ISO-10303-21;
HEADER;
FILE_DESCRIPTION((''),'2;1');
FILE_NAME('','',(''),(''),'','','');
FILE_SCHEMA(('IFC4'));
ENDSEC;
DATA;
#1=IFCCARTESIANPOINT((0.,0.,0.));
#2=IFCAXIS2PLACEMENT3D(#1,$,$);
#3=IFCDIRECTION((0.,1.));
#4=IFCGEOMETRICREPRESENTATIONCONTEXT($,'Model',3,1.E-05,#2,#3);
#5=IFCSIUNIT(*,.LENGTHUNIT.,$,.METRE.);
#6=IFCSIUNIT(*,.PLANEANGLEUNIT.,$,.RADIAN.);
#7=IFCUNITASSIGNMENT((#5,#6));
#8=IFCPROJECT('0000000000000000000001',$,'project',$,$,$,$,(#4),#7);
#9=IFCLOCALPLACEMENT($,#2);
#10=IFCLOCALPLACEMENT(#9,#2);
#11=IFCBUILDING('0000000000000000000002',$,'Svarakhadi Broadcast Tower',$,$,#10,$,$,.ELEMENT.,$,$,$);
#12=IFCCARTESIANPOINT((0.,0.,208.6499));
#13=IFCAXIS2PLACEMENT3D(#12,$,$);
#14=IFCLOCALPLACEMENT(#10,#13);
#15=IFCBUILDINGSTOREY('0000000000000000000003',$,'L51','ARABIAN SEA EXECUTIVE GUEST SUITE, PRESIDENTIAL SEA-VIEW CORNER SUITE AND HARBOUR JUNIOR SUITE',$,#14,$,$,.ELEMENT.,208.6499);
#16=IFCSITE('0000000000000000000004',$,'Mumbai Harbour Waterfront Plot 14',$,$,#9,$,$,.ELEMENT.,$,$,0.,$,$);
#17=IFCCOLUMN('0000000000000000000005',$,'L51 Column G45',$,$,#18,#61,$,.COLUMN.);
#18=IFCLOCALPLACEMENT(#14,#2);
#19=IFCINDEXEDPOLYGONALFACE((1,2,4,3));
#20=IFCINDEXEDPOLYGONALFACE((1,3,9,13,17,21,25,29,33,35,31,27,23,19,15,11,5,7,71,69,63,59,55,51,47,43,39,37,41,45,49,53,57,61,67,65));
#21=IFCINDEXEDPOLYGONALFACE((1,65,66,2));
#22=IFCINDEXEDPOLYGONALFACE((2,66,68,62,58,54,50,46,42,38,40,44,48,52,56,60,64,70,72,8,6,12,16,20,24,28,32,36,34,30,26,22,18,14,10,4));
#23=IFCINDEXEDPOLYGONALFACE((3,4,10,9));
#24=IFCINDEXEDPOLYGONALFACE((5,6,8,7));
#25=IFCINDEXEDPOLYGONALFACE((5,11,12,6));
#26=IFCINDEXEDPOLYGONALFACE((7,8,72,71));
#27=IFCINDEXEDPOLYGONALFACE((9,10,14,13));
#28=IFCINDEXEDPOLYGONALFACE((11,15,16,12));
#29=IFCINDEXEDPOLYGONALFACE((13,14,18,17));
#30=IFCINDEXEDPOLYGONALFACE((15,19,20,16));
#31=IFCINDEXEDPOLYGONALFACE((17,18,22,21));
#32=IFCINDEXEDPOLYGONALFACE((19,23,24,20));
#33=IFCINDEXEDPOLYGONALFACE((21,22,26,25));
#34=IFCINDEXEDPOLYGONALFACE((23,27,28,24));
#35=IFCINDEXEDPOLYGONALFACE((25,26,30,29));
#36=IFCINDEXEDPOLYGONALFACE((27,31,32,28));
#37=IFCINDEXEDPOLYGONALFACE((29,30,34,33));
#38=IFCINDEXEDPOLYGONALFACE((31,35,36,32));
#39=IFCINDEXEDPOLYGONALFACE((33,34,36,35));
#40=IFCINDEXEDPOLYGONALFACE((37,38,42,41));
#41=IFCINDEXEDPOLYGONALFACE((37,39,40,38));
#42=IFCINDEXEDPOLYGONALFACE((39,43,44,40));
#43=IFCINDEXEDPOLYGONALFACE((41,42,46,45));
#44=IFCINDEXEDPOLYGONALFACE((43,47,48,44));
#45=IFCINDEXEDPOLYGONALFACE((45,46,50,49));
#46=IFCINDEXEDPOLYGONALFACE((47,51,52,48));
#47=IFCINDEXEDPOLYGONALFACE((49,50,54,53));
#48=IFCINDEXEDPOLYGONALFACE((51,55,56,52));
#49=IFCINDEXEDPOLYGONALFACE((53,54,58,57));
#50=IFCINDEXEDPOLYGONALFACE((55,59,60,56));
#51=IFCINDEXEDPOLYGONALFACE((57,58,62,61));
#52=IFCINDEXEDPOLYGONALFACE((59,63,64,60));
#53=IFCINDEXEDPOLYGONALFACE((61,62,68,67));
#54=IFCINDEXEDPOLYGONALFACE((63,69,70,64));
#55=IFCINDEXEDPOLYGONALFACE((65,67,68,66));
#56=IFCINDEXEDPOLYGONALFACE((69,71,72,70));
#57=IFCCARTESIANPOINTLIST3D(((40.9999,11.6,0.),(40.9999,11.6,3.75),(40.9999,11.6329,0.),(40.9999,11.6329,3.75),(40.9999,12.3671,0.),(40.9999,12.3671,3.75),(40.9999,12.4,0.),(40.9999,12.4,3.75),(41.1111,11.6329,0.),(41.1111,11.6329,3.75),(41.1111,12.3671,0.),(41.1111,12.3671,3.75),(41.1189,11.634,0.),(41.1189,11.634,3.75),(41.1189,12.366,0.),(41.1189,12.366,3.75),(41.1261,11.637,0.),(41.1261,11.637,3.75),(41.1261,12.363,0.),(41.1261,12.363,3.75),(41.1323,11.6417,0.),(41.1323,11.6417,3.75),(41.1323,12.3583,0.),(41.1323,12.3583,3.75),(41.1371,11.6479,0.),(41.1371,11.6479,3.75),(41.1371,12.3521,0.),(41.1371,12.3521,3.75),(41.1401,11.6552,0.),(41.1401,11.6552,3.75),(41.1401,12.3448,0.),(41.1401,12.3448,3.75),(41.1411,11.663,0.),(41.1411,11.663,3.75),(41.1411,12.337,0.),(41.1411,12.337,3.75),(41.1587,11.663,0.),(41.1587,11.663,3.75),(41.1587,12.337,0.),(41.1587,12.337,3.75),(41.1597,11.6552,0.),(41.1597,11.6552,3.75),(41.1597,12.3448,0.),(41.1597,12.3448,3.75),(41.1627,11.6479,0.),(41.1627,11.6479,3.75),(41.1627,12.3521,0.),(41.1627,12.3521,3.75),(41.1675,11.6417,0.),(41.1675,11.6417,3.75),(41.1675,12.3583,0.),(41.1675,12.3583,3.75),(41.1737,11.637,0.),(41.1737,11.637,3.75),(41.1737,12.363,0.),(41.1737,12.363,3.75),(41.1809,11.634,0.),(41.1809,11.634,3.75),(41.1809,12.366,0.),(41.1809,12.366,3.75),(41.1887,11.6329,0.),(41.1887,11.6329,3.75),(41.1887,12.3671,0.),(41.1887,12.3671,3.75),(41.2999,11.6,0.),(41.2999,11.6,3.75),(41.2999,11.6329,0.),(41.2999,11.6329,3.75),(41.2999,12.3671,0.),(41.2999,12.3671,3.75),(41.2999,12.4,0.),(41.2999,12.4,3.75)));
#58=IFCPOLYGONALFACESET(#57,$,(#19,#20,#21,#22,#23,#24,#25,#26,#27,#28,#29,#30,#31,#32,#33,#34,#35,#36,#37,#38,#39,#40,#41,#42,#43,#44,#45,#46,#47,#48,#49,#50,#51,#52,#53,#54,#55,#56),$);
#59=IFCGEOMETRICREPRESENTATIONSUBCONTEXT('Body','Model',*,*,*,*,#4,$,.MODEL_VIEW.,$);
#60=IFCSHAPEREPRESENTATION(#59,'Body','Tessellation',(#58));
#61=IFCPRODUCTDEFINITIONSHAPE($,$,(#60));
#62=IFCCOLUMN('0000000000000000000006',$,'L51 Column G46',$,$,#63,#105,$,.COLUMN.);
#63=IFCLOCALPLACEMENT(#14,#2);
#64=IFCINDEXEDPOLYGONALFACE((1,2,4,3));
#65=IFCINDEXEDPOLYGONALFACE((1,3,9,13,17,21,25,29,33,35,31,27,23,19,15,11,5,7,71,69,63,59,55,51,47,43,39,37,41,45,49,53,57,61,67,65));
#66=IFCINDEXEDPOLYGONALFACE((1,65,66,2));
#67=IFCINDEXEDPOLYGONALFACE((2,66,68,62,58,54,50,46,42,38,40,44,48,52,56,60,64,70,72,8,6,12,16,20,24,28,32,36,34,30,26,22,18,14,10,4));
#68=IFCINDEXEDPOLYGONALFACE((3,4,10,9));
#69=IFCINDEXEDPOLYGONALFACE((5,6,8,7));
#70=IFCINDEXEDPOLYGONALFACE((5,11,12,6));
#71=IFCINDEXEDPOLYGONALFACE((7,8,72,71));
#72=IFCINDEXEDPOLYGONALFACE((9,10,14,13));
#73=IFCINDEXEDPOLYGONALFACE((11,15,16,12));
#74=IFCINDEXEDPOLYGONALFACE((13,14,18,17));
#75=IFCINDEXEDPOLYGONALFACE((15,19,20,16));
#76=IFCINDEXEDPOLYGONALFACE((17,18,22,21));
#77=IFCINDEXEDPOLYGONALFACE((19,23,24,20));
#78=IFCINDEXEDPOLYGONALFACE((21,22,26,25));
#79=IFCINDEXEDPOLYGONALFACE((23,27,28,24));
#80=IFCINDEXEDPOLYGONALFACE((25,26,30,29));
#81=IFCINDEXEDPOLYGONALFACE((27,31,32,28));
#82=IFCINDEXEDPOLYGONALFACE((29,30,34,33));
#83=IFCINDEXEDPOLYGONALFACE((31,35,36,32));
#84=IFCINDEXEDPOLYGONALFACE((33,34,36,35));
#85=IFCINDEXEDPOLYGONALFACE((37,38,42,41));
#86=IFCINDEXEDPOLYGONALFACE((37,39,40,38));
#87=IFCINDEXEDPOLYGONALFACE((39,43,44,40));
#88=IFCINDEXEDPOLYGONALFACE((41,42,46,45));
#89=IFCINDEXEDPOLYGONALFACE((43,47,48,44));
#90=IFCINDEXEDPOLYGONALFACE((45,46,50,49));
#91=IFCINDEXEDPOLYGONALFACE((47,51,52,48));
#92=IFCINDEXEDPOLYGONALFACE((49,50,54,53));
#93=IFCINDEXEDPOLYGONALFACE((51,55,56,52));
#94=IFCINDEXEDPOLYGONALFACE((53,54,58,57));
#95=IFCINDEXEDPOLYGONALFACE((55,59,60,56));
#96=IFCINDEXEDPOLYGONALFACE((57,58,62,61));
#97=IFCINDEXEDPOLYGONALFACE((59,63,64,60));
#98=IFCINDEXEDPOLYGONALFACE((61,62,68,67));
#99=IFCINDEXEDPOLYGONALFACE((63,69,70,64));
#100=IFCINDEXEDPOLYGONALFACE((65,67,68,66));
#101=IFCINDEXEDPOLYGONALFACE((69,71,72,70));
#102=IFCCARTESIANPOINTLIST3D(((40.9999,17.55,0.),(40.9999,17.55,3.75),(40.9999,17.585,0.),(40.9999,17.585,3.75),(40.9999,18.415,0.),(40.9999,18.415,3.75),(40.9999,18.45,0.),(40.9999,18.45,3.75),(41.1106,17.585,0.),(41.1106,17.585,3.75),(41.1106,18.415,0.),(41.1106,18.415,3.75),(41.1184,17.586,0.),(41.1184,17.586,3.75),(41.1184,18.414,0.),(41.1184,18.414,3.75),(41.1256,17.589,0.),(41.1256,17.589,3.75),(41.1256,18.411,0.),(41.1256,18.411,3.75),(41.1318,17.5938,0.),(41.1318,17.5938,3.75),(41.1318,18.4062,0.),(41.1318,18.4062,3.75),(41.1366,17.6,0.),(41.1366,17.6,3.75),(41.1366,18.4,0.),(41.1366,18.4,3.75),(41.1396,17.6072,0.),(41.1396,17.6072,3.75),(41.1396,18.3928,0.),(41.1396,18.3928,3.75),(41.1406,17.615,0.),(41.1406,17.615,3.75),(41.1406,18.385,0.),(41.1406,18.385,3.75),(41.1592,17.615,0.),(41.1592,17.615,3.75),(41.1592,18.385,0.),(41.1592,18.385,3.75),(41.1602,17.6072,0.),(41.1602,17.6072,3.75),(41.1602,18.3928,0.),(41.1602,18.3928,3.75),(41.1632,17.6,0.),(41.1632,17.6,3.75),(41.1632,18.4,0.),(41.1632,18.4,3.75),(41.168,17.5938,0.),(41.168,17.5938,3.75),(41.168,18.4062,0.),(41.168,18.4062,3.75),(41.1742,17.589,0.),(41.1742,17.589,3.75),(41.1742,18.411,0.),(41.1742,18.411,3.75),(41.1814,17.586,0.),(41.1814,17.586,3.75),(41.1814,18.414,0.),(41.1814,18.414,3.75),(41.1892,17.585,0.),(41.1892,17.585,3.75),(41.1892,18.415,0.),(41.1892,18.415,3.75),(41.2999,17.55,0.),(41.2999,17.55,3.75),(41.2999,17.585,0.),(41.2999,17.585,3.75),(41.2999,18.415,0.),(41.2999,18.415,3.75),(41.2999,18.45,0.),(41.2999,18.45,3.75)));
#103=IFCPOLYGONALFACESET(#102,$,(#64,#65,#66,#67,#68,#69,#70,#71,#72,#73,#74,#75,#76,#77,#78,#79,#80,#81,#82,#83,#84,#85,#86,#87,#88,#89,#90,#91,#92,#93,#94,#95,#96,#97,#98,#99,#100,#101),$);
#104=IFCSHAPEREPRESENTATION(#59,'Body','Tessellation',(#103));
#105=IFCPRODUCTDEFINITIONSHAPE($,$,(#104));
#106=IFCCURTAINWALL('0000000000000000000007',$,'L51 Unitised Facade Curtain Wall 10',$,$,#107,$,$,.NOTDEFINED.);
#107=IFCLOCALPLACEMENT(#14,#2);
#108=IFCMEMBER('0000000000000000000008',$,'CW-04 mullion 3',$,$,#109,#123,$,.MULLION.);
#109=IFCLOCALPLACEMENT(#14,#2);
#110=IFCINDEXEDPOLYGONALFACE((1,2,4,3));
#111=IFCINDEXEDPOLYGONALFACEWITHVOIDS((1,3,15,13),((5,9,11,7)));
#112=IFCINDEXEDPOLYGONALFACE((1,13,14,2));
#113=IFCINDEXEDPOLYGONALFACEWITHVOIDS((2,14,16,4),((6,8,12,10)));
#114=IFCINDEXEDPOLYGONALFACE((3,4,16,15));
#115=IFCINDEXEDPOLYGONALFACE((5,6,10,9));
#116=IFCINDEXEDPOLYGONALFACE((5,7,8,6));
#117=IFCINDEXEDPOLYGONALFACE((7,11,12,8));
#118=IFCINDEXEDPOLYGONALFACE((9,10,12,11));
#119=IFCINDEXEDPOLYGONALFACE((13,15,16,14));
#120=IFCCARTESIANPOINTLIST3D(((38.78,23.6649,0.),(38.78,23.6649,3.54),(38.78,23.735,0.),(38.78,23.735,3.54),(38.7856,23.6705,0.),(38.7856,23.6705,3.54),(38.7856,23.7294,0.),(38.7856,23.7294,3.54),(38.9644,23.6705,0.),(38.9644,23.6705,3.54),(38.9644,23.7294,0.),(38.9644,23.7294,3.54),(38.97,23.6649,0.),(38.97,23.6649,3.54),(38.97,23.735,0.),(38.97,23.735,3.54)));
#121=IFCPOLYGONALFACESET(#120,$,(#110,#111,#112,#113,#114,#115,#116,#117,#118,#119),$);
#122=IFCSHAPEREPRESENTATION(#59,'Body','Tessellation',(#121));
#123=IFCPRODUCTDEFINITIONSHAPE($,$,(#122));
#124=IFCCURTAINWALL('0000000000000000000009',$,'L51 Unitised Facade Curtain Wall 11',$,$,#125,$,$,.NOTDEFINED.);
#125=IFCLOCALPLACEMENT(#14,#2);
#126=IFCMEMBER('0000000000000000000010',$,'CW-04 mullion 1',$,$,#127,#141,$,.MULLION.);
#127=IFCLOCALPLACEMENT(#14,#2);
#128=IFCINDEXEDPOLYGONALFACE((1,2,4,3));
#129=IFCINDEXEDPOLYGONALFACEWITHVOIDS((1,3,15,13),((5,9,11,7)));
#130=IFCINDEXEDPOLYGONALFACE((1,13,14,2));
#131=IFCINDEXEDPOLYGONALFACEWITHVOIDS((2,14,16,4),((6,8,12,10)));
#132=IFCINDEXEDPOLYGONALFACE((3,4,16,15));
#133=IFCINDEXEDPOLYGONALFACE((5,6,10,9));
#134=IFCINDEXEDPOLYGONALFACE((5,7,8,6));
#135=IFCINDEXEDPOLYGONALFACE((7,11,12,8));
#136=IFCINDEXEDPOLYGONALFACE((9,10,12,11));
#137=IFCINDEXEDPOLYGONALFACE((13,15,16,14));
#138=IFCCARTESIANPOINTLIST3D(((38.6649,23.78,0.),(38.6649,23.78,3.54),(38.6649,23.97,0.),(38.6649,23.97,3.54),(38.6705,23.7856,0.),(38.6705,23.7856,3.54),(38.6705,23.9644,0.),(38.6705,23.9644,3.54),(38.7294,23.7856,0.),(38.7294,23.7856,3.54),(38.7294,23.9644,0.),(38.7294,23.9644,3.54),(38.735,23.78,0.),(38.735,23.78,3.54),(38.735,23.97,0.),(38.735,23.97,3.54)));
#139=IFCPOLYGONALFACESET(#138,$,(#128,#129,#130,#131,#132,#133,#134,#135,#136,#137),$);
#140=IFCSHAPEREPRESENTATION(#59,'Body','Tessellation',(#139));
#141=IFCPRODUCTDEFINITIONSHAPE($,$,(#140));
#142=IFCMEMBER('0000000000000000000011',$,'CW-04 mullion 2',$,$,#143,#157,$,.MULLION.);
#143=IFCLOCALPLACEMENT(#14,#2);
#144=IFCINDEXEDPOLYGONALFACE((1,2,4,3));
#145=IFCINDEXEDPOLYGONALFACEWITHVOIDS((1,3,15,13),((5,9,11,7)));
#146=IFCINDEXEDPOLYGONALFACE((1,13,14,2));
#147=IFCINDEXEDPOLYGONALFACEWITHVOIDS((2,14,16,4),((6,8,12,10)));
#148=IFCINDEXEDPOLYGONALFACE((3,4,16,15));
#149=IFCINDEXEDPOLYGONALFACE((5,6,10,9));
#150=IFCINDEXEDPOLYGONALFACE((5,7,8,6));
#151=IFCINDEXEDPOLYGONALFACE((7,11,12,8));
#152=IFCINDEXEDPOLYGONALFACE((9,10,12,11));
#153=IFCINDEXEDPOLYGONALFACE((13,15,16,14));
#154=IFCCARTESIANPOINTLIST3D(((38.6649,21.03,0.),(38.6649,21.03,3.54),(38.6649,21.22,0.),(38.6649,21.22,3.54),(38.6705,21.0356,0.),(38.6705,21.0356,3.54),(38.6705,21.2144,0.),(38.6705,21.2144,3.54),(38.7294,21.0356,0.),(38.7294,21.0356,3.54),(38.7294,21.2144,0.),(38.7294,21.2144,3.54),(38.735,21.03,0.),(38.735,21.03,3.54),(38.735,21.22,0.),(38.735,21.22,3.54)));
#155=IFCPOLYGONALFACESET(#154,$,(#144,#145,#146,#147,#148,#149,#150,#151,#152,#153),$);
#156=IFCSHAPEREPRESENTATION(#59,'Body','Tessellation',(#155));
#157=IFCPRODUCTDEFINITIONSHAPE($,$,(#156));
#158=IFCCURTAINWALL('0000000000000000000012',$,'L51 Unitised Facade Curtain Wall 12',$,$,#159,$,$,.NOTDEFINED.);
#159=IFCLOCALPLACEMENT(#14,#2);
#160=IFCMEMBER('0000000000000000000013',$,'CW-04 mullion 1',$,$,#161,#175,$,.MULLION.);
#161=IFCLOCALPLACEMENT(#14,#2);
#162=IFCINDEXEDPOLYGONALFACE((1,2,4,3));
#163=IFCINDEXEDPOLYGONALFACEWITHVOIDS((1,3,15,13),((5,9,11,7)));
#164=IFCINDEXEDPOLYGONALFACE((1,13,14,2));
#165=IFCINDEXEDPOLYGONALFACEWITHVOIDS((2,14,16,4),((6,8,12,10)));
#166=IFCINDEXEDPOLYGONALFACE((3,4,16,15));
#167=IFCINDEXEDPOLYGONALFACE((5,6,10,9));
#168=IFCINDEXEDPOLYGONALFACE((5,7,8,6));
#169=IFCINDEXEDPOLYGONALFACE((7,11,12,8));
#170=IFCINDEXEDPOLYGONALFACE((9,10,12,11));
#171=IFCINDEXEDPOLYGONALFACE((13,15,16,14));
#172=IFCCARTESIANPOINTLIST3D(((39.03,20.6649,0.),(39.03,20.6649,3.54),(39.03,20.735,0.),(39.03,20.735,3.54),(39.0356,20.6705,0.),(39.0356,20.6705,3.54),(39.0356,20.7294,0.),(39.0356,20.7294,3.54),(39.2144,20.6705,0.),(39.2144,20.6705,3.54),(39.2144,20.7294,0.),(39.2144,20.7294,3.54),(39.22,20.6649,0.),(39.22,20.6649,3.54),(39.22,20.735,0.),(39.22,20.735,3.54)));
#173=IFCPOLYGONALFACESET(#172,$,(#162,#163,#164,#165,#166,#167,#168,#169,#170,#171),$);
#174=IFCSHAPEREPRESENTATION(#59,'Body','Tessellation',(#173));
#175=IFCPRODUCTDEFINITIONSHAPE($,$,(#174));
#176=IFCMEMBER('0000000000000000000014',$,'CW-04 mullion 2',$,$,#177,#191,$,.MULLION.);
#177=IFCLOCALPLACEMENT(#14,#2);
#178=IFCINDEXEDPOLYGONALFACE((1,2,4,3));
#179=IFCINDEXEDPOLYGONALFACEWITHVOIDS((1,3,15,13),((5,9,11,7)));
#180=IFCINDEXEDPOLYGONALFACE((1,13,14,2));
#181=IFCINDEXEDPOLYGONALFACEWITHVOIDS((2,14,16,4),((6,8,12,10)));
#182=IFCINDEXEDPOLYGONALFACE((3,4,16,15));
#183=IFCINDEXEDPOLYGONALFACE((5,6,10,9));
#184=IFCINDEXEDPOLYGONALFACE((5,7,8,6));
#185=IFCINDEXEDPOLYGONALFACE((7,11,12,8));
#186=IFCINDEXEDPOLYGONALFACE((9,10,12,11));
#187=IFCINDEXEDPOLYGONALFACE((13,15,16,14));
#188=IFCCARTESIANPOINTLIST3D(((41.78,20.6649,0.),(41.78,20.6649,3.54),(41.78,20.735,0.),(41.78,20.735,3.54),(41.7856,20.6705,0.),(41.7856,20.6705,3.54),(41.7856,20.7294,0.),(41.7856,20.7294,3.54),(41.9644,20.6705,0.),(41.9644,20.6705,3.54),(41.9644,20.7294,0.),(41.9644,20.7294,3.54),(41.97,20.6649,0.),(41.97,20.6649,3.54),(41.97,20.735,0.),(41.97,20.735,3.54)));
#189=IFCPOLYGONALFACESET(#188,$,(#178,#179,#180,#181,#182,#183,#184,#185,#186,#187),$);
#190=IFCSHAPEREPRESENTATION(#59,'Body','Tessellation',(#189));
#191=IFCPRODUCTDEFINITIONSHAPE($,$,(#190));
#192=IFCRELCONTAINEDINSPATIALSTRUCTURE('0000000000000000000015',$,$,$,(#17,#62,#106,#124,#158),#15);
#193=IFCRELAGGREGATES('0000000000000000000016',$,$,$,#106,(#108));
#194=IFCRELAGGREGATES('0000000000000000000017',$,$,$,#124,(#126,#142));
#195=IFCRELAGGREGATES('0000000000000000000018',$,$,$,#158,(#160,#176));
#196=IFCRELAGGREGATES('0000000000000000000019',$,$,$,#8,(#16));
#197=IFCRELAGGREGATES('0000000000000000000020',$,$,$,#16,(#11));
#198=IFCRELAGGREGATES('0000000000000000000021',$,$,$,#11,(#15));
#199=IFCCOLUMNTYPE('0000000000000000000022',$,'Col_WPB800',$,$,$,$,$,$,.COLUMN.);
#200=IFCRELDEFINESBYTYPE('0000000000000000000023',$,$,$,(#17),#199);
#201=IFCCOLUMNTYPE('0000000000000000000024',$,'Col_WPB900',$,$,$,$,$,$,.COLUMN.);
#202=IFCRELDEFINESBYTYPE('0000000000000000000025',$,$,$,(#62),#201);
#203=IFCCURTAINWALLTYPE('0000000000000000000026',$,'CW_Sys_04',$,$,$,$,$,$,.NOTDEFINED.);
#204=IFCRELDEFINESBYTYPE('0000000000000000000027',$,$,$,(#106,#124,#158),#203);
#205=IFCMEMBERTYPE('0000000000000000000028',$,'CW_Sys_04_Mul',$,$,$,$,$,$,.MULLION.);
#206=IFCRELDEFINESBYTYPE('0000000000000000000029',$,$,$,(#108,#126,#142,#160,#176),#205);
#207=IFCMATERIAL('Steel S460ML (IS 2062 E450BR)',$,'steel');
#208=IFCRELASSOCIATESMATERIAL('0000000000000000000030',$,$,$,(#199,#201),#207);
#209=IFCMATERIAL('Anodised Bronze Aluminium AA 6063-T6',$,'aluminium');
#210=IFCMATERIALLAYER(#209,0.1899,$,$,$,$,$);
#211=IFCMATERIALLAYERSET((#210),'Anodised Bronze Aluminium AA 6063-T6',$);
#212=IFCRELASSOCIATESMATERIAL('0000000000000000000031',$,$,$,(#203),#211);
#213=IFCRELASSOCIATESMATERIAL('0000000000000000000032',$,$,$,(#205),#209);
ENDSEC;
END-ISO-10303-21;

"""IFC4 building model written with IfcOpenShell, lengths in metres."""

from ifc_helpers import new_model, si_unit, direction, frame, origin, origin_2d, place, context, subcontext, project, spatial, hollow_rectangle, i_section, extrude, material, layer, layer_set, material_profile, profile_set, type_object, element, aggregate, save


model = new_model("IFC4")

# Units and contexts
model_context = context("Model", 3, precision=1e-05, world=origin(), true_north=direction((0.0, 1.0)))
body_context = subcontext(model_context, "Body", "Model", "MODEL_VIEW")
ifc_project = project(units=[si_unit("LENGTHUNIT", "METRE"), si_unit("PLANEANGLEUNIT", "RADIAN")], contexts=[model_context])

# Site, building, storey
site_placement = place(None, origin())
site = spatial("IfcSite", under=ifc_project, at=site_placement, Name="Mumbai Harbour Waterfront Plot 14", CompositionType="ELEMENT", RefElevation=0.0)
building_placement = place(site_placement, origin())
building = spatial("IfcBuilding", under=site, at=building_placement, Name="Svarakhadi Broadcast Tower", CompositionType="ELEMENT")
storey_placement = place(building_placement, frame((0.0, 0.0, 208.6499)))
storey = spatial("IfcBuildingStorey", under=building, at=storey_placement, Name="L51", Description="ARABIAN SEA EXECUTIVE GUEST SUITE, PRESIDENTIAL SEA-VIEW CORNER SUITE AND HARBOUR JUNIOR SUITE", CompositionType="ELEMENT", Elevation=208.6499)

# Columns
ifc_material_1 = material(Name="Steel S460ML (IS 2062 E450BR)", Category="steel")
ifc_material_profile_1 = material_profile(ifc_material_1, i_section(OverallWidth=0.3, OverallDepth=0.8, WebThickness=0.0176, FlangeThickness=0.033, FilletRadius=0.03, at=origin_2d()), Name="WPB 800x300x262")
ifc_profile_set_1 = profile_set([ifc_material_profile_1], Name="Steel S460ML (IS 2062 E450BR)")
column_type_1 = type_object("IfcColumnType", Name="Col_WPB800", PredefinedType="COLUMN", material=ifc_profile_set_1)
column_1_placement = place(storey_placement, frame((41.1499, 12.0, 0.0), z_axis=(0.0, 0.0, 1.0), x_axis=(1.0, 0.0, 0.0)))
element("IfcColumn", 1, at=column_1_placement, inside=storey, type_object=column_type_1, Name="L51 Column G45", PredefinedType="COLUMN", context=body_context, shape_type="SweptSolid", body=[
    extrude(i_section(OverallWidth=0.3, OverallDepth=0.8, WebThickness=0.0176, FlangeThickness=0.033, FilletRadius=0.03, at=origin_2d()), origin(), (0.0, 0.0, 1.0), 3.75),
])
ifc_material_profile_2 = material_profile(ifc_material_1, i_section(OverallWidth=0.3, OverallDepth=0.8999, WebThickness=0.0186, FlangeThickness=0.0349, FilletRadius=0.03, at=origin_2d()), Name="WPB 900x300x291")
ifc_profile_set_2 = profile_set([ifc_material_profile_2], Name="Steel S460ML (IS 2062 E450BR)")
column_type_2 = type_object("IfcColumnType", Name="Col_WPB900", PredefinedType="COLUMN", material=ifc_profile_set_2)
column_2_placement = place(storey_placement, frame((41.1499, 18.0, 0.0), z_axis=(0.0, 0.0, 1.0), x_axis=(1.0, 0.0, 0.0)))
element("IfcColumn", 2, at=column_2_placement, inside=storey, type_object=column_type_2, Name="L51 Column G46", PredefinedType="COLUMN", context=body_context, shape_type="SweptSolid", body=[
    extrude(i_section(OverallWidth=0.3, OverallDepth=0.8999, WebThickness=0.0186, FlangeThickness=0.0349, FilletRadius=0.03, at=origin_2d()), origin(), (0.0, 0.0, 1.0), 3.75),
])

# Curtain wall, member
ifc_material_2 = material(Name="Anodised Bronze Aluminium AA 6063-T6", Category="aluminium")
ifc_layer_1 = layer(ifc_material_2, 0.1899)
ifc_layer_set_1 = layer_set([ifc_layer_1], Name="Anodised Bronze Aluminium AA 6063-T6")
curtain_wall_type = type_object("IfcCurtainWallType", Name="CW_Sys_04", PredefinedType="NOTDEFINED", material=ifc_layer_set_1)
curtain_wall_1_placement = place(storey_placement, origin())
curtain_wall_1 = element("IfcCurtainWall", 3, at=curtain_wall_1_placement, inside=storey, type_object=curtain_wall_type, Name="L51 Unitised Facade Curtain Wall 10", PredefinedType="NOTDEFINED")
ifc_material_profile_3 = material_profile(ifc_material_2, hollow_rectangle(XDim=0.0701, YDim=0.1899, WallThickness=0.0056, at=origin_2d()), Name="ALU MULLION 190x70x6")
ifc_profile_set_3 = profile_set([ifc_material_profile_3], Name="Anodised Bronze Aluminium AA 6063-T6")
member_type_1 = type_object("IfcMemberType", Name="CW_Sys_04_Mul", PredefinedType="MULLION", material=ifc_profile_set_3)
member_1_placement = place(storey_placement, frame((38.875, 23.7, 0.0), z_axis=(0.0, 0.0, 1.0), x_axis=(0.0, 1.0, 0.0)))
member_1 = element("IfcMember", 4, at=member_1_placement, type_object=member_type_1, Name="CW-04 mullion 3", PredefinedType="MULLION", context=body_context, shape_type="SweptSolid", body=[
    extrude(hollow_rectangle(XDim=0.0701, YDim=0.1899, WallThickness=0.0056, at=origin_2d()), origin(), (0.0, 0.0, 1.0), 3.54),
])
aggregate(curtain_wall_1, [member_1])

# Curtain walls, members
curtain_wall_2_placement = place(storey_placement, origin())
curtain_wall_2 = element("IfcCurtainWall", 5, at=curtain_wall_2_placement, inside=storey, type_object=curtain_wall_type, Name="L51 Unitised Facade Curtain Wall 11", PredefinedType="NOTDEFINED")
member_2_placement = place(storey_placement, frame((38.7, 23.875, 0.0), z_axis=(0.0, 0.0, 1.0), x_axis=(1.0, 0.0, 0.0)))
member_2 = element("IfcMember", 6, at=member_2_placement, type_object=member_type_1, Name="CW-04 mullion 1", PredefinedType="MULLION", context=body_context, shape_type="SweptSolid", body=[
    extrude(hollow_rectangle(XDim=0.0701, YDim=0.1899, WallThickness=0.0056, at=origin_2d()), origin(), (0.0, 0.0, 1.0), 3.54),
])
member_3_placement = place(storey_placement, frame((38.7, 21.125, 0.0), z_axis=(0.0, 0.0, 1.0), x_axis=(1.0, 0.0, 0.0)))
member_3 = element("IfcMember", 7, at=member_3_placement, type_object=member_type_1, Name="CW-04 mullion 2", PredefinedType="MULLION", context=body_context, shape_type="SweptSolid", body=[
    extrude(hollow_rectangle(XDim=0.0701, YDim=0.1899, WallThickness=0.0056, at=origin_2d()), origin(), (0.0, 0.0, 1.0), 3.54),
])
curtain_wall_3_placement = place(storey_placement, origin())
curtain_wall_3 = element("IfcCurtainWall", 8, at=curtain_wall_3_placement, inside=storey, type_object=curtain_wall_type, Name="L51 Unitised Facade Curtain Wall 12", PredefinedType="NOTDEFINED")
member_4_placement = place(storey_placement, frame((39.125, 20.7, 0.0), z_axis=(0.0, 0.0, 1.0), x_axis=(0.0, 1.0, 0.0)))
member_4 = element("IfcMember", 9, at=member_4_placement, type_object=member_type_1, Name="CW-04 mullion 1", PredefinedType="MULLION", context=body_context, shape_type="SweptSolid", body=[
    extrude(hollow_rectangle(XDim=0.0701, YDim=0.1899, WallThickness=0.0056, at=origin_2d()), origin(), (0.0, 0.0, 1.0), 3.54),
])
member_5_placement = place(storey_placement, frame((41.875, 20.7, 0.0), z_axis=(0.0, 0.0, 1.0), x_axis=(0.0, 1.0, 0.0)))
member_5 = element("IfcMember", 10, at=member_5_placement, type_object=member_type_1, Name="CW-04 mullion 2", PredefinedType="MULLION", context=body_context, shape_type="SweptSolid", body=[
    extrude(hollow_rectangle(XDim=0.0701, YDim=0.1899, WallThickness=0.0056, at=origin_2d()), origin(), (0.0, 0.0, 1.0), 3.54),
])

aggregate(curtain_wall_2, [member_2, member_3])
aggregate(curtain_wall_3, [member_4, member_5])

save(model, "model.ifc")
